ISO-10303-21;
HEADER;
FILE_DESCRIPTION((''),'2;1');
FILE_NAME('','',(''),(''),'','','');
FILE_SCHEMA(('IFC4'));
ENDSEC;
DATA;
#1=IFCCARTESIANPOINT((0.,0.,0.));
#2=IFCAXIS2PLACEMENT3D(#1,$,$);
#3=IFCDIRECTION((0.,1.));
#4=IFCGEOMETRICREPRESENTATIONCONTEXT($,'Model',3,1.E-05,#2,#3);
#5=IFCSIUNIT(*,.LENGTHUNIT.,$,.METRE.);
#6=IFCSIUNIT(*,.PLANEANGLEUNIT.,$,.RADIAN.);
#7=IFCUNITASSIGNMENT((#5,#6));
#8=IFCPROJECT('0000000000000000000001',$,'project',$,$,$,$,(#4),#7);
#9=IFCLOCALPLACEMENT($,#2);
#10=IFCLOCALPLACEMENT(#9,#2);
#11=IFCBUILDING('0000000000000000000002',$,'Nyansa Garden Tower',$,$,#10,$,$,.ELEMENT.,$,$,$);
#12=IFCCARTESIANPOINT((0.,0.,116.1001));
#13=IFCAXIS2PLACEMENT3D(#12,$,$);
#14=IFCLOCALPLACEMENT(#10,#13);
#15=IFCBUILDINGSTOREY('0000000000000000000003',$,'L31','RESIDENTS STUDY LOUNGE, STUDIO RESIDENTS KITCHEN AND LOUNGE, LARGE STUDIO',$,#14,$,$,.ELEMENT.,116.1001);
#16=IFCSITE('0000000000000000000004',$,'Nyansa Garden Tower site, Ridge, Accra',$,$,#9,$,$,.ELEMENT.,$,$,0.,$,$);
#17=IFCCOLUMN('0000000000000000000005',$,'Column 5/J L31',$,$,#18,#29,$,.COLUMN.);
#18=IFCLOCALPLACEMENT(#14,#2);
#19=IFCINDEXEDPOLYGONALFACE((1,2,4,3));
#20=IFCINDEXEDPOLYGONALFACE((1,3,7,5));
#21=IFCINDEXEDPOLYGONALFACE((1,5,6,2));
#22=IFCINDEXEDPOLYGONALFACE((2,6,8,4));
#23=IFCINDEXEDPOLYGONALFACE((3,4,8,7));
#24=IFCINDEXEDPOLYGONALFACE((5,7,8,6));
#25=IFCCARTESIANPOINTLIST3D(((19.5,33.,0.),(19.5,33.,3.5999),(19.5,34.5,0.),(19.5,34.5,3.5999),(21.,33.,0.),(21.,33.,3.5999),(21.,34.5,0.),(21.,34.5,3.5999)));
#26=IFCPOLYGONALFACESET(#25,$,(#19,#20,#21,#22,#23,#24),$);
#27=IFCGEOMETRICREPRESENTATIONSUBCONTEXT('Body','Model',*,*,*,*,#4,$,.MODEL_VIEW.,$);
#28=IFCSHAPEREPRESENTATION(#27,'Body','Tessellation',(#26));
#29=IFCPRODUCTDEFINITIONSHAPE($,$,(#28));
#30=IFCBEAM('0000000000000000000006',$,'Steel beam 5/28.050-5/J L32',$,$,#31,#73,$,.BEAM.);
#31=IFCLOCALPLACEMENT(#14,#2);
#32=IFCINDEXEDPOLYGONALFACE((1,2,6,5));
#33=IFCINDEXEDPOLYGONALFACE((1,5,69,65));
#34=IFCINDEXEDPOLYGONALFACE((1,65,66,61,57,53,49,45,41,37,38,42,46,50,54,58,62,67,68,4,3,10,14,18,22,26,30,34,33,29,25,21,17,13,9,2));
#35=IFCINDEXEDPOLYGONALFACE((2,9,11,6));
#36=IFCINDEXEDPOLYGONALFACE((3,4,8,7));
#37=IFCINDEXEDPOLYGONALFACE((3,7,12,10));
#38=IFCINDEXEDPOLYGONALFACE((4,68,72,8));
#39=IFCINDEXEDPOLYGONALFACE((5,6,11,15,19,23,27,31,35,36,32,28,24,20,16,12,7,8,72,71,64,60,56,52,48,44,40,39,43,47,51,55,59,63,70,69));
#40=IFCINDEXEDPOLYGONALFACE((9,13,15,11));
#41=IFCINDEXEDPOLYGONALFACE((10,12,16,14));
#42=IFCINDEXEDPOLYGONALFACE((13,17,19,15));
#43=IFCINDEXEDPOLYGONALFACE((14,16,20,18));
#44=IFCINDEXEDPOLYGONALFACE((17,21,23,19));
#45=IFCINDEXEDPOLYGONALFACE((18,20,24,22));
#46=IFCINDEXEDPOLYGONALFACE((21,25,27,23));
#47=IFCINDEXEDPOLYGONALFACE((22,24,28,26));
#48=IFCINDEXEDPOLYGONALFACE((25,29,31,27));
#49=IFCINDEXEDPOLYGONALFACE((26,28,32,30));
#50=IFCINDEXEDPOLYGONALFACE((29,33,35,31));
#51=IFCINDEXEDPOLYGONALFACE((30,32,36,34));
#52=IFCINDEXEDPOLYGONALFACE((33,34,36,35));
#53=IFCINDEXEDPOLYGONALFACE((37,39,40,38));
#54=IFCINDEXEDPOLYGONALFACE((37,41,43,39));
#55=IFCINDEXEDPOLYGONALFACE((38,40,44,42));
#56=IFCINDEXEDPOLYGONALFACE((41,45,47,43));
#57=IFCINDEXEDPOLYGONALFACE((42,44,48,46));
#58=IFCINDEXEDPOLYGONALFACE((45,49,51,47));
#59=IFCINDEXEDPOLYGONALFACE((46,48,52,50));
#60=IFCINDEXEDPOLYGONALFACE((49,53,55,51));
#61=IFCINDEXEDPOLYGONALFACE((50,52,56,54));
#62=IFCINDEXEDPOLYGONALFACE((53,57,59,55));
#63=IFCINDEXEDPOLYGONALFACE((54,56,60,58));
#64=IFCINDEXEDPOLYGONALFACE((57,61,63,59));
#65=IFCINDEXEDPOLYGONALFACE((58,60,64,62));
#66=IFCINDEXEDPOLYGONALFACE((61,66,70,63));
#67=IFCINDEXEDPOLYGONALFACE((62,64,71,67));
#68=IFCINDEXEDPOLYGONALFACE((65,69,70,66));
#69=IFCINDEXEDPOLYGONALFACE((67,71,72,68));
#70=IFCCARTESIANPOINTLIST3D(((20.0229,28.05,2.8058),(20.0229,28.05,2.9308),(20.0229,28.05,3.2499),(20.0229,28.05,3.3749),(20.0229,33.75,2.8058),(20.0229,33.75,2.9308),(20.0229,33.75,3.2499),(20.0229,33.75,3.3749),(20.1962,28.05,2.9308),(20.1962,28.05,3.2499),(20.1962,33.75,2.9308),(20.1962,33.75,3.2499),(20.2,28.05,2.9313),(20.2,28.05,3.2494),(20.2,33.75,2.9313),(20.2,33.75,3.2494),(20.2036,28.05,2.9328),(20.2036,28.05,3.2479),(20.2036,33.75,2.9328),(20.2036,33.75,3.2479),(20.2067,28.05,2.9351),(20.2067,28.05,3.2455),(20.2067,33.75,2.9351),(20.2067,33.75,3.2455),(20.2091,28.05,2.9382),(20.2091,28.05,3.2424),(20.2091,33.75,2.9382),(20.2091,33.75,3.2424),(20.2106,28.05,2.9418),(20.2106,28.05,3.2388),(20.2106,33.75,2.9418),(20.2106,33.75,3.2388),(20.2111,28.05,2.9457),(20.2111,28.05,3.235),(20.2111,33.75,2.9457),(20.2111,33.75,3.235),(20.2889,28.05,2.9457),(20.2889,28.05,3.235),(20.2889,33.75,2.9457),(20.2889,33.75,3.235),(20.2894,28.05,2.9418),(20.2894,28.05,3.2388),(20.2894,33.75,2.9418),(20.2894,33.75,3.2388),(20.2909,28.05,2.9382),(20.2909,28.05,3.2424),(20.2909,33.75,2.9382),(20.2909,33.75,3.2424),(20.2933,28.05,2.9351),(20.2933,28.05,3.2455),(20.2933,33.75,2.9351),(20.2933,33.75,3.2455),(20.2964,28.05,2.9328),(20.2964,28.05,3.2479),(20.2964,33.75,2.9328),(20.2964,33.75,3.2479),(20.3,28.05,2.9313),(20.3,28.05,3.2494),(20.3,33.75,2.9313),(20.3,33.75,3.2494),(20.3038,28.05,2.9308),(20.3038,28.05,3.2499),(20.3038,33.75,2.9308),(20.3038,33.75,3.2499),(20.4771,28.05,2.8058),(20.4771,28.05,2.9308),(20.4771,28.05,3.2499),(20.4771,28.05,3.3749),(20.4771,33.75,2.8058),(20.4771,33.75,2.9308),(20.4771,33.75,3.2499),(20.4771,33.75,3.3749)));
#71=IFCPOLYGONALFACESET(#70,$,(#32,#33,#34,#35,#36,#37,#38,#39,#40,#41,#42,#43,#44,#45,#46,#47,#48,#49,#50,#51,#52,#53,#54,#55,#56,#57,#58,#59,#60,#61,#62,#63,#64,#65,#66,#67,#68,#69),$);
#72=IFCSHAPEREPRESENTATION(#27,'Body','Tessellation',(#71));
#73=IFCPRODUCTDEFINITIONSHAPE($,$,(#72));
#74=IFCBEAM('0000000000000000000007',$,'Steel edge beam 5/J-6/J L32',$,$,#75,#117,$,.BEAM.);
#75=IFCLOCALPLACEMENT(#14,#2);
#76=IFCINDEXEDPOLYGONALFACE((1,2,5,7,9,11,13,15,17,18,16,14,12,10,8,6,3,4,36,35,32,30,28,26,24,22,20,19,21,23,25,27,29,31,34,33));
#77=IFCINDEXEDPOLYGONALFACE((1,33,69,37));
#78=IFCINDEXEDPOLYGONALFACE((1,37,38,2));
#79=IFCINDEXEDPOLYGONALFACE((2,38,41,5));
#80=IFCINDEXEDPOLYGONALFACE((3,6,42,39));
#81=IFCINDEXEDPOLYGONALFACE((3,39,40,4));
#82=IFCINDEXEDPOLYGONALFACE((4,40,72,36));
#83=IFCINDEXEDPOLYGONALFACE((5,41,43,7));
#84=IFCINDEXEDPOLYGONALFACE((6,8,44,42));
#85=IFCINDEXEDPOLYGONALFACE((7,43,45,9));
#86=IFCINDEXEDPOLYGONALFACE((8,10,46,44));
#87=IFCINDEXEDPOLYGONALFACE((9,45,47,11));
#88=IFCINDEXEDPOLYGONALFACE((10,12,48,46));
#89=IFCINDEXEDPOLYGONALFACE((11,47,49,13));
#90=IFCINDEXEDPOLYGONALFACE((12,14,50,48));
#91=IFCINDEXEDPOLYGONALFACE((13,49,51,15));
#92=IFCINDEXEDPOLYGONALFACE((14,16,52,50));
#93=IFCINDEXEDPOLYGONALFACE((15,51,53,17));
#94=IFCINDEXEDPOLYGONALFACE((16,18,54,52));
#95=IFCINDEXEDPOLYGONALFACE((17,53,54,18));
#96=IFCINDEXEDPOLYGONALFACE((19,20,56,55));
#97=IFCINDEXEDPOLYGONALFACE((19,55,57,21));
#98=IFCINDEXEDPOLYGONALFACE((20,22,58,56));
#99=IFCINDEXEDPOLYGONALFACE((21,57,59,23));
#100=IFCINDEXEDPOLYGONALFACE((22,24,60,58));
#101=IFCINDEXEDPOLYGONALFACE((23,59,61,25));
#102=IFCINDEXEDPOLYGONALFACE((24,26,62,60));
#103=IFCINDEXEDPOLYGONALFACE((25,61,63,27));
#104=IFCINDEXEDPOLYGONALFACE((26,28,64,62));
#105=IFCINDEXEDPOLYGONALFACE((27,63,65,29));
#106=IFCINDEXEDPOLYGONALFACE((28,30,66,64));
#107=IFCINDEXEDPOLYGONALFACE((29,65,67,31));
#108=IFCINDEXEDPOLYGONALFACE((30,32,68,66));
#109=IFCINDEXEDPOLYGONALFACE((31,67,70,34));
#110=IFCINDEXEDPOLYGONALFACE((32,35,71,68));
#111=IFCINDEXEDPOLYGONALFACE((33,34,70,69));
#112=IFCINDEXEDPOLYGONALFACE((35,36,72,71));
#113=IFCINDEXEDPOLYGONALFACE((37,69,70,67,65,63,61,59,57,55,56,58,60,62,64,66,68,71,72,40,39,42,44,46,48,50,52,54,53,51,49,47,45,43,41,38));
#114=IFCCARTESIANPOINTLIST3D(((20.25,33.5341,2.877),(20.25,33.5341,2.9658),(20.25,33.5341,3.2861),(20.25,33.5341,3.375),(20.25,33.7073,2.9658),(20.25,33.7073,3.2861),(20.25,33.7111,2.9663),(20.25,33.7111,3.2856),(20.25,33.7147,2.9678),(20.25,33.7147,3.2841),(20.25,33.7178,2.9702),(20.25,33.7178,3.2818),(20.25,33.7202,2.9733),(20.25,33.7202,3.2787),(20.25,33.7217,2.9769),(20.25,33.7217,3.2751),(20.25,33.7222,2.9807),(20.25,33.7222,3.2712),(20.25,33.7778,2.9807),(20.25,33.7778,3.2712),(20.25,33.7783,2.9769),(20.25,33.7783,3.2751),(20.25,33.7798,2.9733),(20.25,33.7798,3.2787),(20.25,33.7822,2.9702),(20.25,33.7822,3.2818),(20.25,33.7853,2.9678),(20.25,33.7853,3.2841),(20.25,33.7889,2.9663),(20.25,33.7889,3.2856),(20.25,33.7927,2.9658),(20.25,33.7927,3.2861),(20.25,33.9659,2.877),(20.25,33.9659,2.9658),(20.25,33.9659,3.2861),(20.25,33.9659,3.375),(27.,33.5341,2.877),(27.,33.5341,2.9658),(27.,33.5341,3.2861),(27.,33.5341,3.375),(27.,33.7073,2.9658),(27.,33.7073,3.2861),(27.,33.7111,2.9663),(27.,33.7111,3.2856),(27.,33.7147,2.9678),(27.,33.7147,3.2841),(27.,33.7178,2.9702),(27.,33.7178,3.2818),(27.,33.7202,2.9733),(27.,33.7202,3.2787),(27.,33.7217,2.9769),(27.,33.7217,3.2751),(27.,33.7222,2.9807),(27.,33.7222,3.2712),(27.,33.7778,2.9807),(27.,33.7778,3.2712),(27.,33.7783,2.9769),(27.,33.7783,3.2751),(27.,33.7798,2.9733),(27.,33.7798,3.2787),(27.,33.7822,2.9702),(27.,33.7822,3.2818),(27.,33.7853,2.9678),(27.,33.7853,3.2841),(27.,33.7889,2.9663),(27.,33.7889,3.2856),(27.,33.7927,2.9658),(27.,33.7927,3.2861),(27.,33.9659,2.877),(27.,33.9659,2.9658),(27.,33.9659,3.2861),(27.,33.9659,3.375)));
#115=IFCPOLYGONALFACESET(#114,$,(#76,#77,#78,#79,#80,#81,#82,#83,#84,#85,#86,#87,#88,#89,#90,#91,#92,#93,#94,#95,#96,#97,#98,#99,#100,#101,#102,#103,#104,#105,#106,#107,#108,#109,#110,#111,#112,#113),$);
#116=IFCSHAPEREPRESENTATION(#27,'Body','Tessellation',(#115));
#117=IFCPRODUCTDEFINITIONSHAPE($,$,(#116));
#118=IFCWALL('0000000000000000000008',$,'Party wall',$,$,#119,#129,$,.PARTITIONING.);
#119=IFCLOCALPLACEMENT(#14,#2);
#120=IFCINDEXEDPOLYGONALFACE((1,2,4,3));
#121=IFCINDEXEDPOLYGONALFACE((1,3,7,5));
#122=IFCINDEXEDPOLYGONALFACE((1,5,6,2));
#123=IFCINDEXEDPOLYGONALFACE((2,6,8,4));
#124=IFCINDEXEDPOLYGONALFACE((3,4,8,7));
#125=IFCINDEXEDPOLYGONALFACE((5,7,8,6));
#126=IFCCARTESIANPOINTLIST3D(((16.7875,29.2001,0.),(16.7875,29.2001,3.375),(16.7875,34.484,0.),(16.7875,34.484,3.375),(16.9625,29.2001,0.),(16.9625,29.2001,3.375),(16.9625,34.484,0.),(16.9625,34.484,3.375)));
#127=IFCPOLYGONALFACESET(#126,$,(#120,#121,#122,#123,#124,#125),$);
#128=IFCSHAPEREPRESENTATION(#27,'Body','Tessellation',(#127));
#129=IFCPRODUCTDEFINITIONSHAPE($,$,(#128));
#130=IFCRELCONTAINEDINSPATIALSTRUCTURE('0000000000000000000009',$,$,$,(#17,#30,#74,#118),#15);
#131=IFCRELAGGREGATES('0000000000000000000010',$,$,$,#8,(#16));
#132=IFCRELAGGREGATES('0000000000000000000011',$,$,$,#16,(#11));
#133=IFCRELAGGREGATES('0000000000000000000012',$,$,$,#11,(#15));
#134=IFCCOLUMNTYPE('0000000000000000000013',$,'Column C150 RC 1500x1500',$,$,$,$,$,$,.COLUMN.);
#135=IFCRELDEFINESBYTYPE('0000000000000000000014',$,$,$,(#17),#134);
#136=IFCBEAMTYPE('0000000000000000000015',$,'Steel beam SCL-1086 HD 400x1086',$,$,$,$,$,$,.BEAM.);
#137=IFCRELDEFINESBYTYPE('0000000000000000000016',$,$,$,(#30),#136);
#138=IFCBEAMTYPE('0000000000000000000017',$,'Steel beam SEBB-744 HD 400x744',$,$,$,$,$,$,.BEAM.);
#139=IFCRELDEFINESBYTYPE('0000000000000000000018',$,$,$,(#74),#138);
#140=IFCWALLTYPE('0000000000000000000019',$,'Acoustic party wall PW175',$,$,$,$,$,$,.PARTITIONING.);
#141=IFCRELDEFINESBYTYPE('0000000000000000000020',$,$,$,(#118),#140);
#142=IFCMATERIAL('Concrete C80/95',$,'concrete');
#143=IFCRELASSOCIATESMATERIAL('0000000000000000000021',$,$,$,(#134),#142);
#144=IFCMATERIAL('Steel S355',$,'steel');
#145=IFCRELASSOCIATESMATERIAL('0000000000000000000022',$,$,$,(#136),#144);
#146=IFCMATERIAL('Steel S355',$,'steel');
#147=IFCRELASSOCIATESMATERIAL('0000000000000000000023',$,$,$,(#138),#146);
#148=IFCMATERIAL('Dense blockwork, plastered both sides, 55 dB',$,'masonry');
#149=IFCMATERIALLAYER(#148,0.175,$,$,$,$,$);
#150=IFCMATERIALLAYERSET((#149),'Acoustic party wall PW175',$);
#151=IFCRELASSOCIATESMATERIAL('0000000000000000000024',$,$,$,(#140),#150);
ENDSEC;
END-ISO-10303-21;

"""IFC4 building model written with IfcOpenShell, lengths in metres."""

from ifc_helpers import new_model, si_unit, direction, frame, frame_2d, origin, origin_2d, place, context, subcontext, project, spatial, rectangle, i_section, extrude, material, layer, layer_set, material_profile, profile_set, type_object, element, save


model = new_model("IFC4")

# Units and contexts
model_context = context("Model", 3, precision=1e-05, world=origin(), true_north=direction((0.0, 1.0)))
body_context = subcontext(model_context, "Body", "Model", "MODEL_VIEW")
ifc_project = project(units=[si_unit("LENGTHUNIT", "METRE"), si_unit("PLANEANGLEUNIT", "RADIAN")], contexts=[model_context])

# Site, building, storey
site_placement = place(None, origin())
site = spatial("IfcSite", under=ifc_project, at=site_placement, Name="Nyansa Garden Tower site, Ridge, Accra", CompositionType="ELEMENT", RefElevation=0.0)
building_placement = place(site_placement, origin())
building = spatial("IfcBuilding", under=site, at=building_placement, Name="Nyansa Garden Tower", CompositionType="ELEMENT")
storey_placement = place(building_placement, frame((0.0, 0.0, 116.1001)))
storey = spatial("IfcBuildingStorey", under=building, at=storey_placement, Name="L31", Description="RESIDENTS STUDY LOUNGE, STUDIO RESIDENTS KITCHEN AND LOUNGE, LARGE STUDIO", CompositionType="ELEMENT", Elevation=116.1001)

# Column
ifc_material_1 = material(Name="Concrete C80/95", Category="concrete")
ifc_material_profile_1 = material_profile(ifc_material_1, rectangle(XDim=1.5, YDim=1.5, at=origin_2d()), Name="RC 1500x1500")
ifc_profile_set_1 = profile_set([ifc_material_profile_1], Name="Concrete C80/95")
column_type = type_object("IfcColumnType", Name="Column C150 RC 1500x1500", PredefinedType="COLUMN", material=ifc_profile_set_1)
column_placement = place(storey_placement, frame((20.25, 33.75, 0.0), z_axis=(0.0, 0.0, 1.0), x_axis=(1.0, 0.0, 0.0)))
element("IfcColumn", 1, at=column_placement, inside=storey, type_object=column_type, Name="Column 5/J L31", PredefinedType="COLUMN", context=body_context, shape_type="SweptSolid", body=[
    extrude(rectangle(XDim=1.5, YDim=1.5, at=origin_2d()), origin(), (0.0, 0.0, 1.0), 3.5999),
])

# Beams
ifc_material_2 = material(Name="Steel S355", Category="steel")
ifc_material_profile_2 = material_profile(ifc_material_2, i_section(OverallWidth=0.4541, OverallDepth=0.5691, WebThickness=0.0779, FlangeThickness=0.125, FilletRadius=0.0149, at=origin_2d()), Name="HD 400x1086")
ifc_profile_set_2 = profile_set([ifc_material_profile_2], Name="Steel S355")
beam_type_1 = type_object("IfcBeamType", Name="Steel beam SCL-1086 HD 400x1086", PredefinedType="BEAM", material=ifc_profile_set_2)
beam_1_placement = place(storey_placement, frame((20.25, 28.05, 3.0903), z_axis=(0.0, 1.0, 0.0), x_axis=(-1.0, 0.0, 0.0)))
element("IfcBeam", 2, at=beam_1_placement, inside=storey, type_object=beam_type_1, Name="Steel beam 5/28.050-5/J L32", PredefinedType="BEAM", context=body_context, shape_type="SweptSolid", body=[
    extrude(i_section(OverallWidth=0.4541, OverallDepth=0.5691, WebThickness=0.0779, FlangeThickness=0.125, FilletRadius=0.0149, at=origin_2d()), origin(), (0.0, 0.0, 1.0), 5.7),
])
ifc_material_3 = material(Name="Steel S355", Category="steel")
ifc_material_profile_3 = material_profile(ifc_material_3, i_section(OverallWidth=0.4319, OverallDepth=0.498, WebThickness=0.0557, FlangeThickness=0.0889, FilletRadius=0.0149, at=origin_2d()), Name="HD 400x744")
ifc_profile_set_3 = profile_set([ifc_material_profile_3], Name="Steel S355")
beam_type_2 = type_object("IfcBeamType", Name="Steel beam SEBB-744 HD 400x744", PredefinedType="BEAM", material=ifc_profile_set_3)
beam_2_placement = place(storey_placement, frame((20.25, 33.75, 3.126), z_axis=(1.0, 0.0, 0.0), x_axis=(0.0, 1.0, 0.0)))
element("IfcBeam", 3, at=beam_2_placement, inside=storey, type_object=beam_type_2, Name="Steel edge beam 5/J-6/J L32", PredefinedType="BEAM", context=body_context, shape_type="SweptSolid", body=[
    extrude(i_section(OverallWidth=0.4319, OverallDepth=0.498, WebThickness=0.0557, FlangeThickness=0.0889, FilletRadius=0.0149, at=origin_2d()), origin(), (0.0, 0.0, 1.0), 6.75),
])

# Wall
ifc_material_4 = material(Name="Dense blockwork, plastered both sides, 55 dB", Category="masonry")
ifc_layer_1 = layer(ifc_material_4, 0.175)
ifc_layer_set_1 = layer_set([ifc_layer_1], Name="Acoustic party wall PW175")
wall_type_1 = type_object("IfcWallType", Name="Acoustic party wall PW175", PredefinedType="PARTITIONING", material=ifc_layer_set_1)
wall_1_placement = place(storey_placement, frame((16.875, 29.2, 0.0), z_axis=(0.0, 0.0, 1.0), x_axis=(0.0, 1.0, 0.0)))
element("IfcWall", 4, at=wall_1_placement, inside=storey, type_object=wall_type_1, Name="Party wall", PredefinedType="PARTITIONING", context=body_context, shape_type="SweptSolid", body=[
    extrude(rectangle(XDim=5.2839, YDim=0.175, at=frame_2d((2.6421, 0.0))), origin(), (0.0, 0.0, 1.0), 3.375),
])

save(model, "model.ifc")
